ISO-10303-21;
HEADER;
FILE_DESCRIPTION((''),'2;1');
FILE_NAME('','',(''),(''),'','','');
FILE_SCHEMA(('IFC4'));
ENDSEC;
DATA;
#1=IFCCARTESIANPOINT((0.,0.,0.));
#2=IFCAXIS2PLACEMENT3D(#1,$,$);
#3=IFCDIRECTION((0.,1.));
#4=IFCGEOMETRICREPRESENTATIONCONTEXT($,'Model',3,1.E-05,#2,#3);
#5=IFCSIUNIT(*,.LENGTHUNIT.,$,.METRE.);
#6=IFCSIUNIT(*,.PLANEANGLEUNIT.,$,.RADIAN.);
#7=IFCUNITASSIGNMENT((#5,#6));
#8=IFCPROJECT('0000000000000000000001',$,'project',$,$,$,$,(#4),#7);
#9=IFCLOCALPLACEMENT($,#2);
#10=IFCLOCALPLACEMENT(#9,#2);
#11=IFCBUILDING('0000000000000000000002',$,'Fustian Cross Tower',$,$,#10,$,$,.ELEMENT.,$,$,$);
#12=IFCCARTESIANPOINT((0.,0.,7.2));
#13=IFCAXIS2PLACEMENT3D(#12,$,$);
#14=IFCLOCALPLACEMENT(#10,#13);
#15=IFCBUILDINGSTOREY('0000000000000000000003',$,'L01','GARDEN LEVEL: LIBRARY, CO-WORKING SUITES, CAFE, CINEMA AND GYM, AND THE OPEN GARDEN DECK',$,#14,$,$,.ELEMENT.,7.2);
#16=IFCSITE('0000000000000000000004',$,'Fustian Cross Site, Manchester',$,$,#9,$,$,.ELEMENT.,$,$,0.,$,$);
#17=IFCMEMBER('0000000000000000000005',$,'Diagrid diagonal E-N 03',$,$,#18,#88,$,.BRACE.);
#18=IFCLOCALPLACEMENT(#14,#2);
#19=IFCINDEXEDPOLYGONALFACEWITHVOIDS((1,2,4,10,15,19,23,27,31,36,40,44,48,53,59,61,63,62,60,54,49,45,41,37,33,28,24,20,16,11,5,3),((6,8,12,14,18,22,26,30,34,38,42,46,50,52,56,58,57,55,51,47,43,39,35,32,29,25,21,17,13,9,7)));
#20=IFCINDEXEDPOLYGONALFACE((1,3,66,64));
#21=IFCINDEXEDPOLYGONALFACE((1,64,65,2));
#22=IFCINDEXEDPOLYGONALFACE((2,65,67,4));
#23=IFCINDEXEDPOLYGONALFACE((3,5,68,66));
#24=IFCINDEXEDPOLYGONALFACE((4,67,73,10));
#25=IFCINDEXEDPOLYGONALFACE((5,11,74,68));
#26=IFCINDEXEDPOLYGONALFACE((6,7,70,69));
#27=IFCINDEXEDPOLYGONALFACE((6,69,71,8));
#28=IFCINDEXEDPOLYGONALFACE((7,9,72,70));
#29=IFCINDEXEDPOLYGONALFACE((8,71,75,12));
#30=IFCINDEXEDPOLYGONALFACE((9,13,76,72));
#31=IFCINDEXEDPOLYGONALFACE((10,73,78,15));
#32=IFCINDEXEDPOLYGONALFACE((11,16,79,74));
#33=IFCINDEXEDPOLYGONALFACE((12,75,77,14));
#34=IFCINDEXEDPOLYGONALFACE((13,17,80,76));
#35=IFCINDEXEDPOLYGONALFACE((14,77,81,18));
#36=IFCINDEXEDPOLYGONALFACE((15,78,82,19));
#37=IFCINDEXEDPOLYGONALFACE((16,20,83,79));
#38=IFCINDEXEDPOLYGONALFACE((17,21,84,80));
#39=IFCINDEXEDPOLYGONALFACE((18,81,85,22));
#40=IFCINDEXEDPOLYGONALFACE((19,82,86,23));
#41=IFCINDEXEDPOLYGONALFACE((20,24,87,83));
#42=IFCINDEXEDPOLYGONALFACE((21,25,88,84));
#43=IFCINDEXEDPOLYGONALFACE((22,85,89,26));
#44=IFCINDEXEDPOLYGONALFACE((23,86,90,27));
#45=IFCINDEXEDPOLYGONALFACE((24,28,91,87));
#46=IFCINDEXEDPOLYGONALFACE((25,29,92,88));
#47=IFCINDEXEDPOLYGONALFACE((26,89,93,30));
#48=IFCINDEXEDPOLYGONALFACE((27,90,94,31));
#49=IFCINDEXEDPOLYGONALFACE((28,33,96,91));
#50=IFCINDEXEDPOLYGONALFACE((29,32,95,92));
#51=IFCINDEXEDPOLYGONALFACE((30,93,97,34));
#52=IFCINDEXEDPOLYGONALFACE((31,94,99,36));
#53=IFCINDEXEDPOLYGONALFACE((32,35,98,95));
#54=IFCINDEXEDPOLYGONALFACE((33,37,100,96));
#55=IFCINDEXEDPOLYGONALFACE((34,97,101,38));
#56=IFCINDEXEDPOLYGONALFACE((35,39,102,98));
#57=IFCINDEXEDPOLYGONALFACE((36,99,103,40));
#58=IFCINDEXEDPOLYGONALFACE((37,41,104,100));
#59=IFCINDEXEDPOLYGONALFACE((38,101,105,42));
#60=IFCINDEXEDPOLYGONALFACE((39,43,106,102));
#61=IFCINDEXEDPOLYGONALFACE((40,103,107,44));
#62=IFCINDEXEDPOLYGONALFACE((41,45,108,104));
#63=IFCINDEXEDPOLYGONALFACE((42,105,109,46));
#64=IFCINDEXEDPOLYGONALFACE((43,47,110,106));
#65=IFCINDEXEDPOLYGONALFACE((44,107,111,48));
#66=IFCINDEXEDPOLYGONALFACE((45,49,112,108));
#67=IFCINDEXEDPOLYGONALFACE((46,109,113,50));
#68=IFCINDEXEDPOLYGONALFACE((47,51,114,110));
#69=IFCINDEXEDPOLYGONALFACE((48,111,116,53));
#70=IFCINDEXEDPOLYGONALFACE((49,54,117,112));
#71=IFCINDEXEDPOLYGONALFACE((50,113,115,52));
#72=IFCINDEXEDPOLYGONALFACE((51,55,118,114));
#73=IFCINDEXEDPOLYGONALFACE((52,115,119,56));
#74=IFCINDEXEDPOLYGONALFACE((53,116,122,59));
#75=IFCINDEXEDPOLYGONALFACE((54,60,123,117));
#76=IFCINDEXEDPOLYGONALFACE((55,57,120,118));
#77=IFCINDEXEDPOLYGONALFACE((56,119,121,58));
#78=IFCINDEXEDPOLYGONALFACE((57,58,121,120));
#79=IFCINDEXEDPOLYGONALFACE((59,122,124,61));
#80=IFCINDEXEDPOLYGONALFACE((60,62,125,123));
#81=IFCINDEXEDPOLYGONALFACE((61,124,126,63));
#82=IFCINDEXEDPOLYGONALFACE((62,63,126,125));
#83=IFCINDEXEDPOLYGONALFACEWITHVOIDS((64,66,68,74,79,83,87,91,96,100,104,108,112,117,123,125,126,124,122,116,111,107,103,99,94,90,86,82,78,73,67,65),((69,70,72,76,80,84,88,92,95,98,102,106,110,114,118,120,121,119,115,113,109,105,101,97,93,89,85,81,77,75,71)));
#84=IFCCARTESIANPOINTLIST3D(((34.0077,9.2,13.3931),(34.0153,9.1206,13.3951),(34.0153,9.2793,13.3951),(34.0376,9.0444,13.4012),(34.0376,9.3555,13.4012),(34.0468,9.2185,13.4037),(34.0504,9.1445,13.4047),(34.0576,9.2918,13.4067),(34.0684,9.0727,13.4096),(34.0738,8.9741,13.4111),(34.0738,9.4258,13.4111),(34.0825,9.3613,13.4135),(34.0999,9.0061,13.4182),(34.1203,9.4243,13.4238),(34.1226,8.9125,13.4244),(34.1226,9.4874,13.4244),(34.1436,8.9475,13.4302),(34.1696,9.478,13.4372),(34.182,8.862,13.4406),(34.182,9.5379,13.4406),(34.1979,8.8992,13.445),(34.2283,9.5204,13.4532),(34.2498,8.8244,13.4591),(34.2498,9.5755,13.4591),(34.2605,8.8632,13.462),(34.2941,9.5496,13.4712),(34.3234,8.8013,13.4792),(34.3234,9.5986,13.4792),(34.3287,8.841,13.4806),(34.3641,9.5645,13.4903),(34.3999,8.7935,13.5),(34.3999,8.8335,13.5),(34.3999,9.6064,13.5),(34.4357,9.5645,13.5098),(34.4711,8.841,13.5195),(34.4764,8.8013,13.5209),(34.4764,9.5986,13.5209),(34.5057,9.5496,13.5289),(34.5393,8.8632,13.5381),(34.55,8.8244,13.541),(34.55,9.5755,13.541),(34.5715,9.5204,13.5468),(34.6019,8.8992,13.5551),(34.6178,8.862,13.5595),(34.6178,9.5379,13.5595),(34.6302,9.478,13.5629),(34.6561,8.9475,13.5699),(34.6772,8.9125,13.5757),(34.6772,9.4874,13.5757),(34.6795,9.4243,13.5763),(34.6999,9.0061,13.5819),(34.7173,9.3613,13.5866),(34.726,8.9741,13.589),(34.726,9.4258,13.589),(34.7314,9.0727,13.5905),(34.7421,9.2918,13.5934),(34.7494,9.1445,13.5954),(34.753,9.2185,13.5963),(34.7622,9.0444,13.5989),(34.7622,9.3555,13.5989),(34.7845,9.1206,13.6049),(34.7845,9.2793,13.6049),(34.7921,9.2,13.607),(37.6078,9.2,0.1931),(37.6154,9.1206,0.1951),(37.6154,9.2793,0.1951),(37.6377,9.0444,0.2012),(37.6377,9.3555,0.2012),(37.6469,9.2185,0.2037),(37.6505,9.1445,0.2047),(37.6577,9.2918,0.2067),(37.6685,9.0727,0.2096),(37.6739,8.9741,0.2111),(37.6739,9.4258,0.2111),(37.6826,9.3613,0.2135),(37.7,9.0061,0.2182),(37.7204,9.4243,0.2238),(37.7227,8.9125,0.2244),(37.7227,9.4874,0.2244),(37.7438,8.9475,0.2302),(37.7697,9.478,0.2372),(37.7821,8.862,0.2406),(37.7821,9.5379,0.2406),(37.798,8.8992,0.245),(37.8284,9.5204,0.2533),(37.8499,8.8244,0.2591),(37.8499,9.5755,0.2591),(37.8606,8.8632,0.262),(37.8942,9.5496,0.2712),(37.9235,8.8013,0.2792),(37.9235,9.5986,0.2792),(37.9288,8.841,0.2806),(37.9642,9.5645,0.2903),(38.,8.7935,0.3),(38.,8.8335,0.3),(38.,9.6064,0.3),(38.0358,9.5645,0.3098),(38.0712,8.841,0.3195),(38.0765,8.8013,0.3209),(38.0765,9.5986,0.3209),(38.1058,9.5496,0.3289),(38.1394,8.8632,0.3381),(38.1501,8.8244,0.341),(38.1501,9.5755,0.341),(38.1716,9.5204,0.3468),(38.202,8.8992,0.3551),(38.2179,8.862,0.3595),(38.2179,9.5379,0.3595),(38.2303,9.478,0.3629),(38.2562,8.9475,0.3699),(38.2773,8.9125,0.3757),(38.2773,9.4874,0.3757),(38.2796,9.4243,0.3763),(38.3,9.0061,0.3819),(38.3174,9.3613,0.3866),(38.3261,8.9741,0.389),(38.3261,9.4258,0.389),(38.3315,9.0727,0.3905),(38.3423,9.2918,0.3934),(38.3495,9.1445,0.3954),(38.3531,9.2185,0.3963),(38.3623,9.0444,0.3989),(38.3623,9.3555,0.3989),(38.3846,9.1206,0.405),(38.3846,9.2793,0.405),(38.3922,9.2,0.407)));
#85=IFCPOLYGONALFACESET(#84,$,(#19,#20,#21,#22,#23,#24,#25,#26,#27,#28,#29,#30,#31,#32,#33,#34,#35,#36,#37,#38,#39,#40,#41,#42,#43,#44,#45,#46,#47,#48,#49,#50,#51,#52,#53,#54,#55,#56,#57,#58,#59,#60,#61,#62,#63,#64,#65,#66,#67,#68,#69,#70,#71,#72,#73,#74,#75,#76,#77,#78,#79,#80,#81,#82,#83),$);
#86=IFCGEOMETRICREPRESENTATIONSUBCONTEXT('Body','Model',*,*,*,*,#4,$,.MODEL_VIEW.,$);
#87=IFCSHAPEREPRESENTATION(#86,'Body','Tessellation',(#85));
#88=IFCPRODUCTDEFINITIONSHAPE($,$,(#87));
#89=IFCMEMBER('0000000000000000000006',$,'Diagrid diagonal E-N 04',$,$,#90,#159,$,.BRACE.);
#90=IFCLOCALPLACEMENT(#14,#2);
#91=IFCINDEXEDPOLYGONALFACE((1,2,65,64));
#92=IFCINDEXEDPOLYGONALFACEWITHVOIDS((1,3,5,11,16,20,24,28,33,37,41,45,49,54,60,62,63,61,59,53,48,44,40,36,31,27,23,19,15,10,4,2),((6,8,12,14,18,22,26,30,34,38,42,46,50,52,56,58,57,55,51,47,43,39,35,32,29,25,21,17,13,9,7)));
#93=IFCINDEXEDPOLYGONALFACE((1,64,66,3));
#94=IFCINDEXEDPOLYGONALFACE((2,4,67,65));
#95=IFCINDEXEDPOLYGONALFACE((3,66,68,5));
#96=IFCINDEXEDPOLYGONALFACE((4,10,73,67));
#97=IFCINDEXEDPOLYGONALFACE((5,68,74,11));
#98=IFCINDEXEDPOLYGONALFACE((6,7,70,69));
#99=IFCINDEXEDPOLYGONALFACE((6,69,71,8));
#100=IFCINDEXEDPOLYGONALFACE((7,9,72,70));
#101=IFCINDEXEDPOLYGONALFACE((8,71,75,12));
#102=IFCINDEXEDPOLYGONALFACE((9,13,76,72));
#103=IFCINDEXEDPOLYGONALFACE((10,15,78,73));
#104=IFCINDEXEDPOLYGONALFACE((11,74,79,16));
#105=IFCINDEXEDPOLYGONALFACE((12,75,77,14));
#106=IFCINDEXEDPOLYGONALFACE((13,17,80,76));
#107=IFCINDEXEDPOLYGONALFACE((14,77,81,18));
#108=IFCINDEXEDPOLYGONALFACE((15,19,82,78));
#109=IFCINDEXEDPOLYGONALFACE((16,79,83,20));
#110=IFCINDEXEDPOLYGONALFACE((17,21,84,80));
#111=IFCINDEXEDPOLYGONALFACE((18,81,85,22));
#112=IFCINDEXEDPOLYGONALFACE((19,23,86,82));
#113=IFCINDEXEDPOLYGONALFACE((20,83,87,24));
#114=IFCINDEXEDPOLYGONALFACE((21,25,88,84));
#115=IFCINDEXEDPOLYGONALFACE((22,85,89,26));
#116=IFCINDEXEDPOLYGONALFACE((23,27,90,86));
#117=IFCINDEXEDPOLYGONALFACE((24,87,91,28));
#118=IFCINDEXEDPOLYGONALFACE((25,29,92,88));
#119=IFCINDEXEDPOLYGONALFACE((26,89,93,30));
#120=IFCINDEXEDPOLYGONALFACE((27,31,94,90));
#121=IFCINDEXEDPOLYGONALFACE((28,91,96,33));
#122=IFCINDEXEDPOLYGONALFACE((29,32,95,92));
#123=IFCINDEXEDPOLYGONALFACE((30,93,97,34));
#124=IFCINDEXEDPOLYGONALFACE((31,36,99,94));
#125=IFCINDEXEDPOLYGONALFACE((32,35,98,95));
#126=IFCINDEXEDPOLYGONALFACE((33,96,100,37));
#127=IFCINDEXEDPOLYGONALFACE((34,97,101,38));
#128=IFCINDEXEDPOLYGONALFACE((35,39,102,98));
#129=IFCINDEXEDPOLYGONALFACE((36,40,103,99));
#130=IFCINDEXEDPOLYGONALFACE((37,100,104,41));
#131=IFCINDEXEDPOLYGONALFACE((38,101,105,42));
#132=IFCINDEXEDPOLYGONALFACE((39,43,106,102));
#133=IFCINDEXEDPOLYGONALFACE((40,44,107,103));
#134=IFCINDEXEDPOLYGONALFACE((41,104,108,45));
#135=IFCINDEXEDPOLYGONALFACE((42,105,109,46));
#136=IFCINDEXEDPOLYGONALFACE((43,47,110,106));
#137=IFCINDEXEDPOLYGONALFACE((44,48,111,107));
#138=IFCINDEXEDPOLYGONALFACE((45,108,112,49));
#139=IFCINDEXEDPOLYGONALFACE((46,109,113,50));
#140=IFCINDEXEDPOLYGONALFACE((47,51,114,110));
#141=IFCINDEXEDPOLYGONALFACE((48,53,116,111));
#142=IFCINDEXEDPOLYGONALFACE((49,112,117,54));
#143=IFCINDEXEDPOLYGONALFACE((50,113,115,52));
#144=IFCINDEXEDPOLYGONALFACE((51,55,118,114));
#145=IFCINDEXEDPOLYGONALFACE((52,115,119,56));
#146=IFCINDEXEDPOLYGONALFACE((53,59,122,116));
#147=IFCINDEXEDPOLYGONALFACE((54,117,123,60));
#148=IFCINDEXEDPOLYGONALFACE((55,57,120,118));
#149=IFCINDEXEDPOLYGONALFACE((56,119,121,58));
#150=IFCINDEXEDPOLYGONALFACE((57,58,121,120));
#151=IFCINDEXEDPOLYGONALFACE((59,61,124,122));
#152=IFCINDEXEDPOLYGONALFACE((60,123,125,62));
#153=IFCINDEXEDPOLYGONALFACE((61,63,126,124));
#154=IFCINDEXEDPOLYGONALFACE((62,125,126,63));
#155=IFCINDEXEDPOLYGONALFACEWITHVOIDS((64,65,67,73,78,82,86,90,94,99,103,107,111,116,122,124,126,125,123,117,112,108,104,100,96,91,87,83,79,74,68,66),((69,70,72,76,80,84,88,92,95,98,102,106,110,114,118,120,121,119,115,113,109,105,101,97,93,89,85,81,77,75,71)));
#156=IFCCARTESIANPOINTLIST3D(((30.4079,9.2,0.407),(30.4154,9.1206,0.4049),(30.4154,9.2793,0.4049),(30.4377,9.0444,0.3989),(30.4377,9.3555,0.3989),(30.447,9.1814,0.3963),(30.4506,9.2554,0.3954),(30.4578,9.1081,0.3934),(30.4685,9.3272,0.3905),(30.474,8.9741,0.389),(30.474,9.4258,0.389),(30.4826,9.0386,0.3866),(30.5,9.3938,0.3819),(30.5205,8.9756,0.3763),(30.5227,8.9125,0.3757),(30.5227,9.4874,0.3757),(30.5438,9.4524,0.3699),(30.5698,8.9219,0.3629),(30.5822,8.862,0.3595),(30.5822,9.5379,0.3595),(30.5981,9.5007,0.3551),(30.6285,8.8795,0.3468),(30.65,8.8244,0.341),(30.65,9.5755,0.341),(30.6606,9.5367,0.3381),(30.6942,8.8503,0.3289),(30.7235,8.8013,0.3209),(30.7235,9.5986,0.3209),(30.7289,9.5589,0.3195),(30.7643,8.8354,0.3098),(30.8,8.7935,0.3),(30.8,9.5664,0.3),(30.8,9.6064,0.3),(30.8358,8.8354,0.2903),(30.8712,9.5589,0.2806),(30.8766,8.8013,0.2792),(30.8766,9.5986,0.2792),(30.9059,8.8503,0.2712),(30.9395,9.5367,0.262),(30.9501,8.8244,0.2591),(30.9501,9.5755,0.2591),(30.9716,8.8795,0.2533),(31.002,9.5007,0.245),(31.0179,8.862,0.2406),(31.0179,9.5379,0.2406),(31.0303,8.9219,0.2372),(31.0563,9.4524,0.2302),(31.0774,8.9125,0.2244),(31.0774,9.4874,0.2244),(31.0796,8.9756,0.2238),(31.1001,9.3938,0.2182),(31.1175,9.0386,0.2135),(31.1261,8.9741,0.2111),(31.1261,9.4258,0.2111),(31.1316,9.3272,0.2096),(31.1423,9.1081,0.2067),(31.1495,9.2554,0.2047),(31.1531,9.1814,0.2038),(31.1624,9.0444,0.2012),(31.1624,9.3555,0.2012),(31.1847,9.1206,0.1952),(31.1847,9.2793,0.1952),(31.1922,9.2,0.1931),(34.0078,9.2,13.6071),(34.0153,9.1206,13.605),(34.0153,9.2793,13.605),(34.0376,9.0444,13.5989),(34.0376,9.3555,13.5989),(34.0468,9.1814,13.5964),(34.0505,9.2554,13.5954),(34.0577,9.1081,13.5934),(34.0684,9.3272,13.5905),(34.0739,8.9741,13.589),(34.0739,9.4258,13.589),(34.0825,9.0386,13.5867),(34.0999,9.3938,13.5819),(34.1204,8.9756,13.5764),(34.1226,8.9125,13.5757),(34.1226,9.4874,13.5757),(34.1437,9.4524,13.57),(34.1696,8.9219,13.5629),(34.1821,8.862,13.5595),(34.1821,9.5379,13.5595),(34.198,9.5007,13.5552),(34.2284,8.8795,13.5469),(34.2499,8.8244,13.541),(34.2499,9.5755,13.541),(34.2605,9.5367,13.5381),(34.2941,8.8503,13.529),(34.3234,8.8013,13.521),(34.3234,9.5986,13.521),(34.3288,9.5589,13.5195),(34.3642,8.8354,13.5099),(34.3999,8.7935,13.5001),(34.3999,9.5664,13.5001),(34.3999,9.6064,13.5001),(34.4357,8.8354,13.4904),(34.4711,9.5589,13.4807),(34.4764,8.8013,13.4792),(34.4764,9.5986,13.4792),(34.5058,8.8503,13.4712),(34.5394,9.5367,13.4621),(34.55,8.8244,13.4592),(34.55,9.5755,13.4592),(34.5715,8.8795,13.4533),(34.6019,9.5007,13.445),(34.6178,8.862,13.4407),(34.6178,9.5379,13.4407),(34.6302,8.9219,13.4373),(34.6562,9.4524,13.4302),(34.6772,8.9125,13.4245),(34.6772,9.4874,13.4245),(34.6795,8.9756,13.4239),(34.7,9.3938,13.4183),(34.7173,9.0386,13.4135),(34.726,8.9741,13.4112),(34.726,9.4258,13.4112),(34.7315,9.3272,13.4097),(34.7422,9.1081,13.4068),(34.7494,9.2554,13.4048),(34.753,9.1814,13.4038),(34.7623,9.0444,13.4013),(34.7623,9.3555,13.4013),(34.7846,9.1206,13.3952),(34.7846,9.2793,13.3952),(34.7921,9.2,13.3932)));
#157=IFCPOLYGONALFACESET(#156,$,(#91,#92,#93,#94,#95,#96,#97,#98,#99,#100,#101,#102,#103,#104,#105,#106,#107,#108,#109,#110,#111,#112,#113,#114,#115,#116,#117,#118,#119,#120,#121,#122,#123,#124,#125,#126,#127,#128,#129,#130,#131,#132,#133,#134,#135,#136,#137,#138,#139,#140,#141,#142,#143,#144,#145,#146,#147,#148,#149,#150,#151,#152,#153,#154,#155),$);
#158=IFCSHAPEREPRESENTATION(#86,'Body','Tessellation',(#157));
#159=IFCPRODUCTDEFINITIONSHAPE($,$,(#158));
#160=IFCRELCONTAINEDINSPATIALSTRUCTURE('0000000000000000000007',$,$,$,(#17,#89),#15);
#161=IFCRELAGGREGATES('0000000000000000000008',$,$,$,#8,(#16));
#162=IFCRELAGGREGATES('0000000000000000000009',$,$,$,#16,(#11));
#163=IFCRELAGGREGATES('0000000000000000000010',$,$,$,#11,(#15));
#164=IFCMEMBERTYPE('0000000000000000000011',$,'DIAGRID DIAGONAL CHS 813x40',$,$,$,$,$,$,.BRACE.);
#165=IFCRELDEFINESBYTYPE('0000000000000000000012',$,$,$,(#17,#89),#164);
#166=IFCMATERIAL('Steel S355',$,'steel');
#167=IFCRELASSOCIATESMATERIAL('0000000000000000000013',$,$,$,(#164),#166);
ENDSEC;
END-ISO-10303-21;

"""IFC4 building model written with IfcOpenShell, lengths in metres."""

from ifc_helpers import new_model, si_unit, direction, frame, origin, origin_2d, place, context, subcontext, project, spatial, hollow_circle, extrude, material, material_profile, profile_set, type_object, element, save


model = new_model("IFC4")

# Units and contexts
model_context = context("Model", 3, precision=1e-05, world=origin(), true_north=direction((0.0, 1.0)))
body_context = subcontext(model_context, "Body", "Model", "MODEL_VIEW")
ifc_project = project(units=[si_unit("LENGTHUNIT", "METRE"), si_unit("PLANEANGLEUNIT", "RADIAN")], contexts=[model_context])

# Site, building, storey
site_placement = place(None, origin())
site = spatial("IfcSite", under=ifc_project, at=site_placement, Name="Fustian Cross Site, Manchester", CompositionType="ELEMENT", RefElevation=0.0)
building_placement = place(site_placement, origin())
building = spatial("IfcBuilding", under=site, at=building_placement, Name="Fustian Cross Tower", CompositionType="ELEMENT")
storey_placement = place(building_placement, frame((0.0, 0.0, 7.2)))
storey = spatial("IfcBuildingStorey", under=building, at=storey_placement, Name="L01", Description="GARDEN LEVEL: LIBRARY, CO-WORKING SUITES, CAFE, CINEMA AND GYM, AND THE OPEN GARDEN DECK", CompositionType="ELEMENT", Elevation=7.2)

# Members
ifc_material_1 = material(Name="Steel S355", Category="steel")
ifc_material_profile_1 = material_profile(ifc_material_1, hollow_circle(Radius=0.4065, WallThickness=0.04, at=origin_2d()), Name="CHS 813x40")
ifc_profile_set_1 = profile_set([ifc_material_profile_1], Name="Steel S355")
member_type_1 = type_object("IfcMemberType", Name="DIAGRID DIAGONAL CHS 813x40", PredefinedType="BRACE", material=ifc_profile_set_1)
for number, where, z_axis, x_axis, name in (
    (1, (38.0, 9.2, 0.3), (-0.263125, 0.0, 0.964762), (0.0, -1.0, 0.0), "Diagrid diagonal E-N 03"),
    (2, (30.8, 9.2, 0.3), (0.263108, 0.0, 0.964766), (0.0, 1.0, 0.0), "Diagrid diagonal E-N 04"),
):
    element("IfcMember", number, at=place(storey_placement, frame(where, z_axis=z_axis, x_axis=x_axis)), inside=storey, type_object=member_type_1, Name=name, PredefinedType="BRACE", context=body_context, shape_type="SweptSolid", body=[
        extrude(hollow_circle(Radius=0.4065, WallThickness=0.04, at=origin_2d()), origin(), (0.0, 0.0, 1.0), 13.6821),
    ])

save(model, "model.ifc")
